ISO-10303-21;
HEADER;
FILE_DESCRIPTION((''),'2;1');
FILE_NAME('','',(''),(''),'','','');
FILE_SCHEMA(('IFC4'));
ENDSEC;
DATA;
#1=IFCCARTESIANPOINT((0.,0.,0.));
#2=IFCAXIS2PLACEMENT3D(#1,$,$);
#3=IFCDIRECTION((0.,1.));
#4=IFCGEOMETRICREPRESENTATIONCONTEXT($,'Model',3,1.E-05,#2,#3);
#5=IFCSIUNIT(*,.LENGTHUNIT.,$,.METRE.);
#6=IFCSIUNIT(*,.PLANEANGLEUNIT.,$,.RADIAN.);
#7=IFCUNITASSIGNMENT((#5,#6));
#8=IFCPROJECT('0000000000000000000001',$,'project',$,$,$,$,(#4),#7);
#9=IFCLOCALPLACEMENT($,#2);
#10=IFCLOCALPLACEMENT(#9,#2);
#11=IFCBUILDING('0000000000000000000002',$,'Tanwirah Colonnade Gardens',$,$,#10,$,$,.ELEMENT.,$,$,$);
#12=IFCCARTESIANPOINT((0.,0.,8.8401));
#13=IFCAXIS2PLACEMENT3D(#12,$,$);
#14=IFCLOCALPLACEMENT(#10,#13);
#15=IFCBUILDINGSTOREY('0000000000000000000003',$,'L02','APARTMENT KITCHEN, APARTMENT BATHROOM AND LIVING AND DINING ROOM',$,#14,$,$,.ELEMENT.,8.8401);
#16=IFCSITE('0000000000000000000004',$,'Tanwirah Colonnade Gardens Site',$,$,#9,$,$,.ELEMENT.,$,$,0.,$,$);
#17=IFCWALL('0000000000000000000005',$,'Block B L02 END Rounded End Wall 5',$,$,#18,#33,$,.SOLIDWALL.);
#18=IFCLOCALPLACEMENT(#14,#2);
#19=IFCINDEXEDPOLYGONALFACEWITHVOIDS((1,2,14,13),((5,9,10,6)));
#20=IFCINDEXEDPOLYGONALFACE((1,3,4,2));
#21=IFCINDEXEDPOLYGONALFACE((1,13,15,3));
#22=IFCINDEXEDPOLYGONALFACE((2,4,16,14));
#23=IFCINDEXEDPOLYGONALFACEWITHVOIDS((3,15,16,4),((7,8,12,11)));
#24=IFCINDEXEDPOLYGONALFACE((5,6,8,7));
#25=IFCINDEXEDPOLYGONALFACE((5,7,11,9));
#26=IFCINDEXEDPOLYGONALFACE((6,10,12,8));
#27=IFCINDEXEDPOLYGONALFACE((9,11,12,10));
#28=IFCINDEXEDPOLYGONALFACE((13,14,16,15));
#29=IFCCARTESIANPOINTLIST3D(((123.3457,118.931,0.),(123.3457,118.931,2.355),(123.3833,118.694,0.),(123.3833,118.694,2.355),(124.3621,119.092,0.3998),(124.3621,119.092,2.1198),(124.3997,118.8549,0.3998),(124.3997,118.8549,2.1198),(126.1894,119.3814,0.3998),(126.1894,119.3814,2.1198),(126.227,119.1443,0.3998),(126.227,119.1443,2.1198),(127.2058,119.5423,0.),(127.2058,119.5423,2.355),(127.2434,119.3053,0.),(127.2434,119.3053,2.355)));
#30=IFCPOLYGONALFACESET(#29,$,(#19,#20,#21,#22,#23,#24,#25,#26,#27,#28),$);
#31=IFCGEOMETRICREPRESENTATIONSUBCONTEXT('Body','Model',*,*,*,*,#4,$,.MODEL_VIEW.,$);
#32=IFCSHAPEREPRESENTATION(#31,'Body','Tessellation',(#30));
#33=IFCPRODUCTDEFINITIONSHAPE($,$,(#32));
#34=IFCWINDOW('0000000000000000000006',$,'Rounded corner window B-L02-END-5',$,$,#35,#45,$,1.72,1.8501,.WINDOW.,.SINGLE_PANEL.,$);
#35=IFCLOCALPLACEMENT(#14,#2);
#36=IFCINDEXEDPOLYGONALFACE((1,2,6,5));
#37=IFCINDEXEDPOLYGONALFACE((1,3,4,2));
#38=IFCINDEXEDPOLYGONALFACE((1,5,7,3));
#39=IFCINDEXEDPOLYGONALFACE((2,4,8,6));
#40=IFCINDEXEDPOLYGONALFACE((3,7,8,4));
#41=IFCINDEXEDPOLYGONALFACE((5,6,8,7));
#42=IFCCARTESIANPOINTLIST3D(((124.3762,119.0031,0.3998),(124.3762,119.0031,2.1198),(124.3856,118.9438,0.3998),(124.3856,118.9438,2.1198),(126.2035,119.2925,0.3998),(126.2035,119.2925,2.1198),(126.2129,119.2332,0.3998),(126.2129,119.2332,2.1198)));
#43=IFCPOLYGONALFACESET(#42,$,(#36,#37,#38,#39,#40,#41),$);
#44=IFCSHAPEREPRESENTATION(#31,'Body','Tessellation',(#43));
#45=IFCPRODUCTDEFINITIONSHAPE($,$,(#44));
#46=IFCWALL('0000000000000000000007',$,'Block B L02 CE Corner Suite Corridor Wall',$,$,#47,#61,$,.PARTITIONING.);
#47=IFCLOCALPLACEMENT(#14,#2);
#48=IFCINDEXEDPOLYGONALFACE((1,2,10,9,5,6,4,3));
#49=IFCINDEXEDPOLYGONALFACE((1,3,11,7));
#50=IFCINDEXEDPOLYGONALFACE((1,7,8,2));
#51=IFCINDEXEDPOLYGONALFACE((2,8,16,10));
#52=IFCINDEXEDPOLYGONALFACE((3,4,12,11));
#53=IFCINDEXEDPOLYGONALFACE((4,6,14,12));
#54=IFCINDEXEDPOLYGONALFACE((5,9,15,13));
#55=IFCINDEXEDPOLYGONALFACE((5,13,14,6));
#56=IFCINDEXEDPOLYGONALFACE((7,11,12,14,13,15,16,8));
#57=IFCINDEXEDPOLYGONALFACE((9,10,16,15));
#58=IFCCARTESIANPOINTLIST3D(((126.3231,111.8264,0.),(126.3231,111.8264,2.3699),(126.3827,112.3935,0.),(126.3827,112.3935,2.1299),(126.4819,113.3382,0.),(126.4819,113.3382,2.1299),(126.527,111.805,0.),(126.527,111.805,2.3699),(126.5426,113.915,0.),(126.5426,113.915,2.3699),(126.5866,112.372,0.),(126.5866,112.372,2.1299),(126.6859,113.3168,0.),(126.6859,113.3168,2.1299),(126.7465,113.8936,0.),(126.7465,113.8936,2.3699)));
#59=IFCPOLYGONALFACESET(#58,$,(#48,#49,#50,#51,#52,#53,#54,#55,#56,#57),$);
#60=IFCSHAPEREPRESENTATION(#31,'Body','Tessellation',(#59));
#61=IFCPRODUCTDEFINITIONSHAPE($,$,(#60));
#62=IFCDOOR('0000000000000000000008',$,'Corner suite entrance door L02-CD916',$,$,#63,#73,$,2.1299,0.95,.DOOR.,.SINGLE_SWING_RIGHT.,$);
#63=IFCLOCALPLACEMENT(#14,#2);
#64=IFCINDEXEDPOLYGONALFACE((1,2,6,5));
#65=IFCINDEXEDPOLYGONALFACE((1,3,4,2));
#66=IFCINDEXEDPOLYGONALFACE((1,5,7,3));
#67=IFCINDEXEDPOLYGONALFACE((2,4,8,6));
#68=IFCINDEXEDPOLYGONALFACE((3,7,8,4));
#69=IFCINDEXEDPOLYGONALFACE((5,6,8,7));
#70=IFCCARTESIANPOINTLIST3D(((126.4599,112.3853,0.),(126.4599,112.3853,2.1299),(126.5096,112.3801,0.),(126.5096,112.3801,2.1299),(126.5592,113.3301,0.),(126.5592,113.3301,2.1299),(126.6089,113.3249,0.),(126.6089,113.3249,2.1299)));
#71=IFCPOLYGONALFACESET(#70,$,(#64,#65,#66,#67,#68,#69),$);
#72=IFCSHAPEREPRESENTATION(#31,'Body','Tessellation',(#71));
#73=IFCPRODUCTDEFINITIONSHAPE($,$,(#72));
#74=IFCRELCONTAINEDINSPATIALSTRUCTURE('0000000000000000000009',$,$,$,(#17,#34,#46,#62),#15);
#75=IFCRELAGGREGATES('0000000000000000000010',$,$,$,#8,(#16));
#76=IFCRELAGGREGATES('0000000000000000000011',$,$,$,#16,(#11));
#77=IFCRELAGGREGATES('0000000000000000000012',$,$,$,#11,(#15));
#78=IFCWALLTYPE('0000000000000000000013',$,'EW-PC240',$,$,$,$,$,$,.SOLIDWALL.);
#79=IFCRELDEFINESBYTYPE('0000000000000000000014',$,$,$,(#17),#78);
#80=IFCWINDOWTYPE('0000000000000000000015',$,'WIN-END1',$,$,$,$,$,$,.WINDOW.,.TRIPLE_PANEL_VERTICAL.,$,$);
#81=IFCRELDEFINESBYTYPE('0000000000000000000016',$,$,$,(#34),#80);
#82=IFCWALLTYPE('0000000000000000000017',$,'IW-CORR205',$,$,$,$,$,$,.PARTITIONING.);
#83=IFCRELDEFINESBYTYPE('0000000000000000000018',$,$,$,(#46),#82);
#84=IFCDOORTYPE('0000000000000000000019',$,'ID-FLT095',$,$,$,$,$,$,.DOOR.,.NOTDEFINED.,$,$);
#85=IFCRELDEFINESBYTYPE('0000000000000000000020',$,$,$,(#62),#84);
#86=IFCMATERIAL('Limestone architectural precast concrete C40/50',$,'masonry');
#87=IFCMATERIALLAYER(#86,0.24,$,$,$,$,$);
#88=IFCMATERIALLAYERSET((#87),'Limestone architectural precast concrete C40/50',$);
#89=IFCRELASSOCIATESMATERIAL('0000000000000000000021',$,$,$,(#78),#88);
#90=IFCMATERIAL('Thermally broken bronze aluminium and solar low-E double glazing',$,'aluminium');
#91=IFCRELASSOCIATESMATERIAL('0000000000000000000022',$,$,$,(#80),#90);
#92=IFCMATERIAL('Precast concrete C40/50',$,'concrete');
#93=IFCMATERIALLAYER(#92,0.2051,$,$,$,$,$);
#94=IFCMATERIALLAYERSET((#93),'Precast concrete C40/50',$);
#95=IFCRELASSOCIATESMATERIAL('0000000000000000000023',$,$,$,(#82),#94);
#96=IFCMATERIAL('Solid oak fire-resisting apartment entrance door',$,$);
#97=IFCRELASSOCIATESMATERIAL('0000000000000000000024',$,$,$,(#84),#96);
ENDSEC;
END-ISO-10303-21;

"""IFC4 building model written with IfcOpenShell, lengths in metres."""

from ifc_helpers import new_model, si_unit, direction, frame, frame_2d, origin, place, context, subcontext, project, spatial, rectangle, extrude, material, layer, layer_set, type_object, element, fill, save


model = new_model("IFC4")

# Units and contexts
model_context = context("Model", 3, precision=1e-05, world=origin(), true_north=direction((0.0, 1.0)))
body_context = subcontext(model_context, "Body", "Model", "MODEL_VIEW")
ifc_project = project(units=[si_unit("LENGTHUNIT", "METRE"), si_unit("PLANEANGLEUNIT", "RADIAN")], contexts=[model_context])

# Site, building, storey
site_placement = place(None, origin())
site = spatial("IfcSite", under=ifc_project, at=site_placement, Name="Tanwirah Colonnade Gardens Site", CompositionType="ELEMENT", RefElevation=0.0)
building_placement = place(site_placement, origin())
building = spatial("IfcBuilding", under=site, at=building_placement, Name="Tanwirah Colonnade Gardens", CompositionType="ELEMENT")
storey_placement = place(building_placement, frame((0.0, 0.0, 8.8401)))
storey = spatial("IfcBuildingStorey", under=building, at=storey_placement, Name="L02", Description="APARTMENT KITCHEN, APARTMENT BATHROOM AND LIVING AND DINING ROOM", CompositionType="ELEMENT", Elevation=8.8401)

# Shared definitions
ifc_material_1 = material(Name="Precast concrete C40/50", Category="concrete")

# Shared definitions
ifc_material_2 = material(Name="Limestone architectural precast concrete C40/50", Category="masonry")
ifc_layer_1 = layer(ifc_material_2, 0.24)
ifc_layer_set_1 = layer_set([ifc_layer_1], Name="Limestone architectural precast concrete C40/50")
wall_type_1 = type_object("IfcWallType", Name="EW-PC240", PredefinedType="SOLIDWALL", material=ifc_layer_set_1)

# Shared definitions
ifc_material_3 = material(Name="Thermally broken bronze aluminium and solar low-E double glazing", Category="aluminium")
window_type = type_object("IfcWindowType", Name="WIN-END1", PartitioningType="TRIPLE_PANEL_VERTICAL", PredefinedType="WINDOW", material=ifc_material_3)

# Wall, opening, window
wall_1_placement = place(storey_placement, frame((123.3645, 118.8125, 0.0), z_axis=(0.0, 0.0, 1.0), x_axis=(0.98769, 0.156421, 0.0)))
wall_1 = element("IfcWall", 1, at=wall_1_placement, inside=storey, type_object=wall_type_1, Name="Block B L02 END Rounded End Wall 5", PredefinedType="SOLIDWALL", context=body_context, shape_type="SweptSolid", body=[
    extrude(rectangle(XDim=3.9082, YDim=0.24, at=frame_2d((1.9541, 0.0))), origin(), (0.0, 0.0, 1.0), 2.355),
])
opening_1_placement = place(wall_1_placement, frame((1.0291, 0.0, 0.3999)))
opening_1 = element("IfcOpeningElement", 2, at=opening_1_placement, cuts=wall_1, PredefinedType="OPENING", context=body_context, shape_type="SweptSolid", body=[
    extrude(rectangle(XDim=1.8501, YDim=1.72, at=frame_2d((0.925, 0.8599))), frame((0.0, 0.1299, 0.0), z_axis=(0.0, -1.0, 0.0), x_axis=(1.0, 0.0, 0.0)), (0.0, 0.0, 1.0), 0.26),
])
window_1_placement = place(opening_1_placement, origin())
window_1 = element("IfcWindow", 3, at=window_1_placement, inside=storey, type_object=window_type, Name="Rounded corner window B-L02-END-5", OverallHeight=1.72, OverallWidth=1.8501, PartitioningType="SINGLE_PANEL", PredefinedType="WINDOW", context=body_context, shape_type="SweptSolid", body=[
    extrude(rectangle(XDim=1.8501, YDim=1.72, at=frame_2d((0.925, 0.8599))), frame((0.0, 0.03, 0.0), z_axis=(0.0, -1.0, 0.0), x_axis=(1.0, 0.0, 0.0)), (0.0, 0.0, 1.0), 0.0601),
])
fill(opening_1, window_1)

# Wall, opening, door
ifc_layer_2 = layer(ifc_material_1, 0.2051)
ifc_layer_set_2 = layer_set([ifc_layer_2], Name="Precast concrete C40/50")
wall_type_2 = type_object("IfcWallType", Name="IW-CORR205", PredefinedType="PARTITIONING", material=ifc_layer_set_2)
wall_2_placement = place(storey_placement, frame((126.425, 111.8157, 0.0), z_axis=(0.0, 0.0, 1.0), x_axis=(0.104509, 0.994524, 0.0)))
wall_2 = element("IfcWall", 4, at=wall_2_placement, inside=storey, type_object=wall_type_2, Name="Block B L02 CE Corner Suite Corridor Wall", PredefinedType="PARTITIONING", context=body_context, shape_type="SweptSolid", body=[
    extrude(rectangle(XDim=2.1001, YDim=0.2051, at=frame_2d((1.05, 0.0))), origin(), (0.0, 0.0, 1.0), 2.3699),
])
opening_2_placement = place(wall_2_placement, frame((0.5701, 0.0, 0.0)))
opening_2 = element("IfcOpeningElement", 5, at=opening_2_placement, cuts=wall_2, PredefinedType="OPENING", context=body_context, shape_type="SweptSolid", body=[
    extrude(rectangle(XDim=0.95, YDim=2.1299, at=frame_2d((0.4751, 1.0649))), frame((0.0, 0.1125, 0.0), z_axis=(0.0, -1.0, 0.0), x_axis=(1.0, 0.0, 0.0)), (0.0, 0.0, 1.0), 0.2251),
])
ifc_material_4 = material(Name="Solid oak fire-resisting apartment entrance door")
door_type = type_object("IfcDoorType", Name="ID-FLT095", OperationType="NOTDEFINED", PredefinedType="DOOR", material=ifc_material_4)
door_placement = place(opening_2_placement, origin())
door = element("IfcDoor", 6, at=door_placement, inside=storey, type_object=door_type, Name="Corner suite entrance door L02-CD916", OperationType="SINGLE_SWING_RIGHT", OverallHeight=2.1299, OverallWidth=0.95, PredefinedType="DOOR", context=body_context, shape_type="SweptSolid", body=[
    extrude(rectangle(XDim=0.95, YDim=2.1299, at=frame_2d((0.4751, 1.0649))), frame((0.0, 0.0249, 0.0), z_axis=(0.0, -1.0, 0.0), x_axis=(1.0, 0.0, 0.0)), (0.0, 0.0, 1.0), 0.05),
])
fill(opening_2, door)

save(model, "model.ifc")
